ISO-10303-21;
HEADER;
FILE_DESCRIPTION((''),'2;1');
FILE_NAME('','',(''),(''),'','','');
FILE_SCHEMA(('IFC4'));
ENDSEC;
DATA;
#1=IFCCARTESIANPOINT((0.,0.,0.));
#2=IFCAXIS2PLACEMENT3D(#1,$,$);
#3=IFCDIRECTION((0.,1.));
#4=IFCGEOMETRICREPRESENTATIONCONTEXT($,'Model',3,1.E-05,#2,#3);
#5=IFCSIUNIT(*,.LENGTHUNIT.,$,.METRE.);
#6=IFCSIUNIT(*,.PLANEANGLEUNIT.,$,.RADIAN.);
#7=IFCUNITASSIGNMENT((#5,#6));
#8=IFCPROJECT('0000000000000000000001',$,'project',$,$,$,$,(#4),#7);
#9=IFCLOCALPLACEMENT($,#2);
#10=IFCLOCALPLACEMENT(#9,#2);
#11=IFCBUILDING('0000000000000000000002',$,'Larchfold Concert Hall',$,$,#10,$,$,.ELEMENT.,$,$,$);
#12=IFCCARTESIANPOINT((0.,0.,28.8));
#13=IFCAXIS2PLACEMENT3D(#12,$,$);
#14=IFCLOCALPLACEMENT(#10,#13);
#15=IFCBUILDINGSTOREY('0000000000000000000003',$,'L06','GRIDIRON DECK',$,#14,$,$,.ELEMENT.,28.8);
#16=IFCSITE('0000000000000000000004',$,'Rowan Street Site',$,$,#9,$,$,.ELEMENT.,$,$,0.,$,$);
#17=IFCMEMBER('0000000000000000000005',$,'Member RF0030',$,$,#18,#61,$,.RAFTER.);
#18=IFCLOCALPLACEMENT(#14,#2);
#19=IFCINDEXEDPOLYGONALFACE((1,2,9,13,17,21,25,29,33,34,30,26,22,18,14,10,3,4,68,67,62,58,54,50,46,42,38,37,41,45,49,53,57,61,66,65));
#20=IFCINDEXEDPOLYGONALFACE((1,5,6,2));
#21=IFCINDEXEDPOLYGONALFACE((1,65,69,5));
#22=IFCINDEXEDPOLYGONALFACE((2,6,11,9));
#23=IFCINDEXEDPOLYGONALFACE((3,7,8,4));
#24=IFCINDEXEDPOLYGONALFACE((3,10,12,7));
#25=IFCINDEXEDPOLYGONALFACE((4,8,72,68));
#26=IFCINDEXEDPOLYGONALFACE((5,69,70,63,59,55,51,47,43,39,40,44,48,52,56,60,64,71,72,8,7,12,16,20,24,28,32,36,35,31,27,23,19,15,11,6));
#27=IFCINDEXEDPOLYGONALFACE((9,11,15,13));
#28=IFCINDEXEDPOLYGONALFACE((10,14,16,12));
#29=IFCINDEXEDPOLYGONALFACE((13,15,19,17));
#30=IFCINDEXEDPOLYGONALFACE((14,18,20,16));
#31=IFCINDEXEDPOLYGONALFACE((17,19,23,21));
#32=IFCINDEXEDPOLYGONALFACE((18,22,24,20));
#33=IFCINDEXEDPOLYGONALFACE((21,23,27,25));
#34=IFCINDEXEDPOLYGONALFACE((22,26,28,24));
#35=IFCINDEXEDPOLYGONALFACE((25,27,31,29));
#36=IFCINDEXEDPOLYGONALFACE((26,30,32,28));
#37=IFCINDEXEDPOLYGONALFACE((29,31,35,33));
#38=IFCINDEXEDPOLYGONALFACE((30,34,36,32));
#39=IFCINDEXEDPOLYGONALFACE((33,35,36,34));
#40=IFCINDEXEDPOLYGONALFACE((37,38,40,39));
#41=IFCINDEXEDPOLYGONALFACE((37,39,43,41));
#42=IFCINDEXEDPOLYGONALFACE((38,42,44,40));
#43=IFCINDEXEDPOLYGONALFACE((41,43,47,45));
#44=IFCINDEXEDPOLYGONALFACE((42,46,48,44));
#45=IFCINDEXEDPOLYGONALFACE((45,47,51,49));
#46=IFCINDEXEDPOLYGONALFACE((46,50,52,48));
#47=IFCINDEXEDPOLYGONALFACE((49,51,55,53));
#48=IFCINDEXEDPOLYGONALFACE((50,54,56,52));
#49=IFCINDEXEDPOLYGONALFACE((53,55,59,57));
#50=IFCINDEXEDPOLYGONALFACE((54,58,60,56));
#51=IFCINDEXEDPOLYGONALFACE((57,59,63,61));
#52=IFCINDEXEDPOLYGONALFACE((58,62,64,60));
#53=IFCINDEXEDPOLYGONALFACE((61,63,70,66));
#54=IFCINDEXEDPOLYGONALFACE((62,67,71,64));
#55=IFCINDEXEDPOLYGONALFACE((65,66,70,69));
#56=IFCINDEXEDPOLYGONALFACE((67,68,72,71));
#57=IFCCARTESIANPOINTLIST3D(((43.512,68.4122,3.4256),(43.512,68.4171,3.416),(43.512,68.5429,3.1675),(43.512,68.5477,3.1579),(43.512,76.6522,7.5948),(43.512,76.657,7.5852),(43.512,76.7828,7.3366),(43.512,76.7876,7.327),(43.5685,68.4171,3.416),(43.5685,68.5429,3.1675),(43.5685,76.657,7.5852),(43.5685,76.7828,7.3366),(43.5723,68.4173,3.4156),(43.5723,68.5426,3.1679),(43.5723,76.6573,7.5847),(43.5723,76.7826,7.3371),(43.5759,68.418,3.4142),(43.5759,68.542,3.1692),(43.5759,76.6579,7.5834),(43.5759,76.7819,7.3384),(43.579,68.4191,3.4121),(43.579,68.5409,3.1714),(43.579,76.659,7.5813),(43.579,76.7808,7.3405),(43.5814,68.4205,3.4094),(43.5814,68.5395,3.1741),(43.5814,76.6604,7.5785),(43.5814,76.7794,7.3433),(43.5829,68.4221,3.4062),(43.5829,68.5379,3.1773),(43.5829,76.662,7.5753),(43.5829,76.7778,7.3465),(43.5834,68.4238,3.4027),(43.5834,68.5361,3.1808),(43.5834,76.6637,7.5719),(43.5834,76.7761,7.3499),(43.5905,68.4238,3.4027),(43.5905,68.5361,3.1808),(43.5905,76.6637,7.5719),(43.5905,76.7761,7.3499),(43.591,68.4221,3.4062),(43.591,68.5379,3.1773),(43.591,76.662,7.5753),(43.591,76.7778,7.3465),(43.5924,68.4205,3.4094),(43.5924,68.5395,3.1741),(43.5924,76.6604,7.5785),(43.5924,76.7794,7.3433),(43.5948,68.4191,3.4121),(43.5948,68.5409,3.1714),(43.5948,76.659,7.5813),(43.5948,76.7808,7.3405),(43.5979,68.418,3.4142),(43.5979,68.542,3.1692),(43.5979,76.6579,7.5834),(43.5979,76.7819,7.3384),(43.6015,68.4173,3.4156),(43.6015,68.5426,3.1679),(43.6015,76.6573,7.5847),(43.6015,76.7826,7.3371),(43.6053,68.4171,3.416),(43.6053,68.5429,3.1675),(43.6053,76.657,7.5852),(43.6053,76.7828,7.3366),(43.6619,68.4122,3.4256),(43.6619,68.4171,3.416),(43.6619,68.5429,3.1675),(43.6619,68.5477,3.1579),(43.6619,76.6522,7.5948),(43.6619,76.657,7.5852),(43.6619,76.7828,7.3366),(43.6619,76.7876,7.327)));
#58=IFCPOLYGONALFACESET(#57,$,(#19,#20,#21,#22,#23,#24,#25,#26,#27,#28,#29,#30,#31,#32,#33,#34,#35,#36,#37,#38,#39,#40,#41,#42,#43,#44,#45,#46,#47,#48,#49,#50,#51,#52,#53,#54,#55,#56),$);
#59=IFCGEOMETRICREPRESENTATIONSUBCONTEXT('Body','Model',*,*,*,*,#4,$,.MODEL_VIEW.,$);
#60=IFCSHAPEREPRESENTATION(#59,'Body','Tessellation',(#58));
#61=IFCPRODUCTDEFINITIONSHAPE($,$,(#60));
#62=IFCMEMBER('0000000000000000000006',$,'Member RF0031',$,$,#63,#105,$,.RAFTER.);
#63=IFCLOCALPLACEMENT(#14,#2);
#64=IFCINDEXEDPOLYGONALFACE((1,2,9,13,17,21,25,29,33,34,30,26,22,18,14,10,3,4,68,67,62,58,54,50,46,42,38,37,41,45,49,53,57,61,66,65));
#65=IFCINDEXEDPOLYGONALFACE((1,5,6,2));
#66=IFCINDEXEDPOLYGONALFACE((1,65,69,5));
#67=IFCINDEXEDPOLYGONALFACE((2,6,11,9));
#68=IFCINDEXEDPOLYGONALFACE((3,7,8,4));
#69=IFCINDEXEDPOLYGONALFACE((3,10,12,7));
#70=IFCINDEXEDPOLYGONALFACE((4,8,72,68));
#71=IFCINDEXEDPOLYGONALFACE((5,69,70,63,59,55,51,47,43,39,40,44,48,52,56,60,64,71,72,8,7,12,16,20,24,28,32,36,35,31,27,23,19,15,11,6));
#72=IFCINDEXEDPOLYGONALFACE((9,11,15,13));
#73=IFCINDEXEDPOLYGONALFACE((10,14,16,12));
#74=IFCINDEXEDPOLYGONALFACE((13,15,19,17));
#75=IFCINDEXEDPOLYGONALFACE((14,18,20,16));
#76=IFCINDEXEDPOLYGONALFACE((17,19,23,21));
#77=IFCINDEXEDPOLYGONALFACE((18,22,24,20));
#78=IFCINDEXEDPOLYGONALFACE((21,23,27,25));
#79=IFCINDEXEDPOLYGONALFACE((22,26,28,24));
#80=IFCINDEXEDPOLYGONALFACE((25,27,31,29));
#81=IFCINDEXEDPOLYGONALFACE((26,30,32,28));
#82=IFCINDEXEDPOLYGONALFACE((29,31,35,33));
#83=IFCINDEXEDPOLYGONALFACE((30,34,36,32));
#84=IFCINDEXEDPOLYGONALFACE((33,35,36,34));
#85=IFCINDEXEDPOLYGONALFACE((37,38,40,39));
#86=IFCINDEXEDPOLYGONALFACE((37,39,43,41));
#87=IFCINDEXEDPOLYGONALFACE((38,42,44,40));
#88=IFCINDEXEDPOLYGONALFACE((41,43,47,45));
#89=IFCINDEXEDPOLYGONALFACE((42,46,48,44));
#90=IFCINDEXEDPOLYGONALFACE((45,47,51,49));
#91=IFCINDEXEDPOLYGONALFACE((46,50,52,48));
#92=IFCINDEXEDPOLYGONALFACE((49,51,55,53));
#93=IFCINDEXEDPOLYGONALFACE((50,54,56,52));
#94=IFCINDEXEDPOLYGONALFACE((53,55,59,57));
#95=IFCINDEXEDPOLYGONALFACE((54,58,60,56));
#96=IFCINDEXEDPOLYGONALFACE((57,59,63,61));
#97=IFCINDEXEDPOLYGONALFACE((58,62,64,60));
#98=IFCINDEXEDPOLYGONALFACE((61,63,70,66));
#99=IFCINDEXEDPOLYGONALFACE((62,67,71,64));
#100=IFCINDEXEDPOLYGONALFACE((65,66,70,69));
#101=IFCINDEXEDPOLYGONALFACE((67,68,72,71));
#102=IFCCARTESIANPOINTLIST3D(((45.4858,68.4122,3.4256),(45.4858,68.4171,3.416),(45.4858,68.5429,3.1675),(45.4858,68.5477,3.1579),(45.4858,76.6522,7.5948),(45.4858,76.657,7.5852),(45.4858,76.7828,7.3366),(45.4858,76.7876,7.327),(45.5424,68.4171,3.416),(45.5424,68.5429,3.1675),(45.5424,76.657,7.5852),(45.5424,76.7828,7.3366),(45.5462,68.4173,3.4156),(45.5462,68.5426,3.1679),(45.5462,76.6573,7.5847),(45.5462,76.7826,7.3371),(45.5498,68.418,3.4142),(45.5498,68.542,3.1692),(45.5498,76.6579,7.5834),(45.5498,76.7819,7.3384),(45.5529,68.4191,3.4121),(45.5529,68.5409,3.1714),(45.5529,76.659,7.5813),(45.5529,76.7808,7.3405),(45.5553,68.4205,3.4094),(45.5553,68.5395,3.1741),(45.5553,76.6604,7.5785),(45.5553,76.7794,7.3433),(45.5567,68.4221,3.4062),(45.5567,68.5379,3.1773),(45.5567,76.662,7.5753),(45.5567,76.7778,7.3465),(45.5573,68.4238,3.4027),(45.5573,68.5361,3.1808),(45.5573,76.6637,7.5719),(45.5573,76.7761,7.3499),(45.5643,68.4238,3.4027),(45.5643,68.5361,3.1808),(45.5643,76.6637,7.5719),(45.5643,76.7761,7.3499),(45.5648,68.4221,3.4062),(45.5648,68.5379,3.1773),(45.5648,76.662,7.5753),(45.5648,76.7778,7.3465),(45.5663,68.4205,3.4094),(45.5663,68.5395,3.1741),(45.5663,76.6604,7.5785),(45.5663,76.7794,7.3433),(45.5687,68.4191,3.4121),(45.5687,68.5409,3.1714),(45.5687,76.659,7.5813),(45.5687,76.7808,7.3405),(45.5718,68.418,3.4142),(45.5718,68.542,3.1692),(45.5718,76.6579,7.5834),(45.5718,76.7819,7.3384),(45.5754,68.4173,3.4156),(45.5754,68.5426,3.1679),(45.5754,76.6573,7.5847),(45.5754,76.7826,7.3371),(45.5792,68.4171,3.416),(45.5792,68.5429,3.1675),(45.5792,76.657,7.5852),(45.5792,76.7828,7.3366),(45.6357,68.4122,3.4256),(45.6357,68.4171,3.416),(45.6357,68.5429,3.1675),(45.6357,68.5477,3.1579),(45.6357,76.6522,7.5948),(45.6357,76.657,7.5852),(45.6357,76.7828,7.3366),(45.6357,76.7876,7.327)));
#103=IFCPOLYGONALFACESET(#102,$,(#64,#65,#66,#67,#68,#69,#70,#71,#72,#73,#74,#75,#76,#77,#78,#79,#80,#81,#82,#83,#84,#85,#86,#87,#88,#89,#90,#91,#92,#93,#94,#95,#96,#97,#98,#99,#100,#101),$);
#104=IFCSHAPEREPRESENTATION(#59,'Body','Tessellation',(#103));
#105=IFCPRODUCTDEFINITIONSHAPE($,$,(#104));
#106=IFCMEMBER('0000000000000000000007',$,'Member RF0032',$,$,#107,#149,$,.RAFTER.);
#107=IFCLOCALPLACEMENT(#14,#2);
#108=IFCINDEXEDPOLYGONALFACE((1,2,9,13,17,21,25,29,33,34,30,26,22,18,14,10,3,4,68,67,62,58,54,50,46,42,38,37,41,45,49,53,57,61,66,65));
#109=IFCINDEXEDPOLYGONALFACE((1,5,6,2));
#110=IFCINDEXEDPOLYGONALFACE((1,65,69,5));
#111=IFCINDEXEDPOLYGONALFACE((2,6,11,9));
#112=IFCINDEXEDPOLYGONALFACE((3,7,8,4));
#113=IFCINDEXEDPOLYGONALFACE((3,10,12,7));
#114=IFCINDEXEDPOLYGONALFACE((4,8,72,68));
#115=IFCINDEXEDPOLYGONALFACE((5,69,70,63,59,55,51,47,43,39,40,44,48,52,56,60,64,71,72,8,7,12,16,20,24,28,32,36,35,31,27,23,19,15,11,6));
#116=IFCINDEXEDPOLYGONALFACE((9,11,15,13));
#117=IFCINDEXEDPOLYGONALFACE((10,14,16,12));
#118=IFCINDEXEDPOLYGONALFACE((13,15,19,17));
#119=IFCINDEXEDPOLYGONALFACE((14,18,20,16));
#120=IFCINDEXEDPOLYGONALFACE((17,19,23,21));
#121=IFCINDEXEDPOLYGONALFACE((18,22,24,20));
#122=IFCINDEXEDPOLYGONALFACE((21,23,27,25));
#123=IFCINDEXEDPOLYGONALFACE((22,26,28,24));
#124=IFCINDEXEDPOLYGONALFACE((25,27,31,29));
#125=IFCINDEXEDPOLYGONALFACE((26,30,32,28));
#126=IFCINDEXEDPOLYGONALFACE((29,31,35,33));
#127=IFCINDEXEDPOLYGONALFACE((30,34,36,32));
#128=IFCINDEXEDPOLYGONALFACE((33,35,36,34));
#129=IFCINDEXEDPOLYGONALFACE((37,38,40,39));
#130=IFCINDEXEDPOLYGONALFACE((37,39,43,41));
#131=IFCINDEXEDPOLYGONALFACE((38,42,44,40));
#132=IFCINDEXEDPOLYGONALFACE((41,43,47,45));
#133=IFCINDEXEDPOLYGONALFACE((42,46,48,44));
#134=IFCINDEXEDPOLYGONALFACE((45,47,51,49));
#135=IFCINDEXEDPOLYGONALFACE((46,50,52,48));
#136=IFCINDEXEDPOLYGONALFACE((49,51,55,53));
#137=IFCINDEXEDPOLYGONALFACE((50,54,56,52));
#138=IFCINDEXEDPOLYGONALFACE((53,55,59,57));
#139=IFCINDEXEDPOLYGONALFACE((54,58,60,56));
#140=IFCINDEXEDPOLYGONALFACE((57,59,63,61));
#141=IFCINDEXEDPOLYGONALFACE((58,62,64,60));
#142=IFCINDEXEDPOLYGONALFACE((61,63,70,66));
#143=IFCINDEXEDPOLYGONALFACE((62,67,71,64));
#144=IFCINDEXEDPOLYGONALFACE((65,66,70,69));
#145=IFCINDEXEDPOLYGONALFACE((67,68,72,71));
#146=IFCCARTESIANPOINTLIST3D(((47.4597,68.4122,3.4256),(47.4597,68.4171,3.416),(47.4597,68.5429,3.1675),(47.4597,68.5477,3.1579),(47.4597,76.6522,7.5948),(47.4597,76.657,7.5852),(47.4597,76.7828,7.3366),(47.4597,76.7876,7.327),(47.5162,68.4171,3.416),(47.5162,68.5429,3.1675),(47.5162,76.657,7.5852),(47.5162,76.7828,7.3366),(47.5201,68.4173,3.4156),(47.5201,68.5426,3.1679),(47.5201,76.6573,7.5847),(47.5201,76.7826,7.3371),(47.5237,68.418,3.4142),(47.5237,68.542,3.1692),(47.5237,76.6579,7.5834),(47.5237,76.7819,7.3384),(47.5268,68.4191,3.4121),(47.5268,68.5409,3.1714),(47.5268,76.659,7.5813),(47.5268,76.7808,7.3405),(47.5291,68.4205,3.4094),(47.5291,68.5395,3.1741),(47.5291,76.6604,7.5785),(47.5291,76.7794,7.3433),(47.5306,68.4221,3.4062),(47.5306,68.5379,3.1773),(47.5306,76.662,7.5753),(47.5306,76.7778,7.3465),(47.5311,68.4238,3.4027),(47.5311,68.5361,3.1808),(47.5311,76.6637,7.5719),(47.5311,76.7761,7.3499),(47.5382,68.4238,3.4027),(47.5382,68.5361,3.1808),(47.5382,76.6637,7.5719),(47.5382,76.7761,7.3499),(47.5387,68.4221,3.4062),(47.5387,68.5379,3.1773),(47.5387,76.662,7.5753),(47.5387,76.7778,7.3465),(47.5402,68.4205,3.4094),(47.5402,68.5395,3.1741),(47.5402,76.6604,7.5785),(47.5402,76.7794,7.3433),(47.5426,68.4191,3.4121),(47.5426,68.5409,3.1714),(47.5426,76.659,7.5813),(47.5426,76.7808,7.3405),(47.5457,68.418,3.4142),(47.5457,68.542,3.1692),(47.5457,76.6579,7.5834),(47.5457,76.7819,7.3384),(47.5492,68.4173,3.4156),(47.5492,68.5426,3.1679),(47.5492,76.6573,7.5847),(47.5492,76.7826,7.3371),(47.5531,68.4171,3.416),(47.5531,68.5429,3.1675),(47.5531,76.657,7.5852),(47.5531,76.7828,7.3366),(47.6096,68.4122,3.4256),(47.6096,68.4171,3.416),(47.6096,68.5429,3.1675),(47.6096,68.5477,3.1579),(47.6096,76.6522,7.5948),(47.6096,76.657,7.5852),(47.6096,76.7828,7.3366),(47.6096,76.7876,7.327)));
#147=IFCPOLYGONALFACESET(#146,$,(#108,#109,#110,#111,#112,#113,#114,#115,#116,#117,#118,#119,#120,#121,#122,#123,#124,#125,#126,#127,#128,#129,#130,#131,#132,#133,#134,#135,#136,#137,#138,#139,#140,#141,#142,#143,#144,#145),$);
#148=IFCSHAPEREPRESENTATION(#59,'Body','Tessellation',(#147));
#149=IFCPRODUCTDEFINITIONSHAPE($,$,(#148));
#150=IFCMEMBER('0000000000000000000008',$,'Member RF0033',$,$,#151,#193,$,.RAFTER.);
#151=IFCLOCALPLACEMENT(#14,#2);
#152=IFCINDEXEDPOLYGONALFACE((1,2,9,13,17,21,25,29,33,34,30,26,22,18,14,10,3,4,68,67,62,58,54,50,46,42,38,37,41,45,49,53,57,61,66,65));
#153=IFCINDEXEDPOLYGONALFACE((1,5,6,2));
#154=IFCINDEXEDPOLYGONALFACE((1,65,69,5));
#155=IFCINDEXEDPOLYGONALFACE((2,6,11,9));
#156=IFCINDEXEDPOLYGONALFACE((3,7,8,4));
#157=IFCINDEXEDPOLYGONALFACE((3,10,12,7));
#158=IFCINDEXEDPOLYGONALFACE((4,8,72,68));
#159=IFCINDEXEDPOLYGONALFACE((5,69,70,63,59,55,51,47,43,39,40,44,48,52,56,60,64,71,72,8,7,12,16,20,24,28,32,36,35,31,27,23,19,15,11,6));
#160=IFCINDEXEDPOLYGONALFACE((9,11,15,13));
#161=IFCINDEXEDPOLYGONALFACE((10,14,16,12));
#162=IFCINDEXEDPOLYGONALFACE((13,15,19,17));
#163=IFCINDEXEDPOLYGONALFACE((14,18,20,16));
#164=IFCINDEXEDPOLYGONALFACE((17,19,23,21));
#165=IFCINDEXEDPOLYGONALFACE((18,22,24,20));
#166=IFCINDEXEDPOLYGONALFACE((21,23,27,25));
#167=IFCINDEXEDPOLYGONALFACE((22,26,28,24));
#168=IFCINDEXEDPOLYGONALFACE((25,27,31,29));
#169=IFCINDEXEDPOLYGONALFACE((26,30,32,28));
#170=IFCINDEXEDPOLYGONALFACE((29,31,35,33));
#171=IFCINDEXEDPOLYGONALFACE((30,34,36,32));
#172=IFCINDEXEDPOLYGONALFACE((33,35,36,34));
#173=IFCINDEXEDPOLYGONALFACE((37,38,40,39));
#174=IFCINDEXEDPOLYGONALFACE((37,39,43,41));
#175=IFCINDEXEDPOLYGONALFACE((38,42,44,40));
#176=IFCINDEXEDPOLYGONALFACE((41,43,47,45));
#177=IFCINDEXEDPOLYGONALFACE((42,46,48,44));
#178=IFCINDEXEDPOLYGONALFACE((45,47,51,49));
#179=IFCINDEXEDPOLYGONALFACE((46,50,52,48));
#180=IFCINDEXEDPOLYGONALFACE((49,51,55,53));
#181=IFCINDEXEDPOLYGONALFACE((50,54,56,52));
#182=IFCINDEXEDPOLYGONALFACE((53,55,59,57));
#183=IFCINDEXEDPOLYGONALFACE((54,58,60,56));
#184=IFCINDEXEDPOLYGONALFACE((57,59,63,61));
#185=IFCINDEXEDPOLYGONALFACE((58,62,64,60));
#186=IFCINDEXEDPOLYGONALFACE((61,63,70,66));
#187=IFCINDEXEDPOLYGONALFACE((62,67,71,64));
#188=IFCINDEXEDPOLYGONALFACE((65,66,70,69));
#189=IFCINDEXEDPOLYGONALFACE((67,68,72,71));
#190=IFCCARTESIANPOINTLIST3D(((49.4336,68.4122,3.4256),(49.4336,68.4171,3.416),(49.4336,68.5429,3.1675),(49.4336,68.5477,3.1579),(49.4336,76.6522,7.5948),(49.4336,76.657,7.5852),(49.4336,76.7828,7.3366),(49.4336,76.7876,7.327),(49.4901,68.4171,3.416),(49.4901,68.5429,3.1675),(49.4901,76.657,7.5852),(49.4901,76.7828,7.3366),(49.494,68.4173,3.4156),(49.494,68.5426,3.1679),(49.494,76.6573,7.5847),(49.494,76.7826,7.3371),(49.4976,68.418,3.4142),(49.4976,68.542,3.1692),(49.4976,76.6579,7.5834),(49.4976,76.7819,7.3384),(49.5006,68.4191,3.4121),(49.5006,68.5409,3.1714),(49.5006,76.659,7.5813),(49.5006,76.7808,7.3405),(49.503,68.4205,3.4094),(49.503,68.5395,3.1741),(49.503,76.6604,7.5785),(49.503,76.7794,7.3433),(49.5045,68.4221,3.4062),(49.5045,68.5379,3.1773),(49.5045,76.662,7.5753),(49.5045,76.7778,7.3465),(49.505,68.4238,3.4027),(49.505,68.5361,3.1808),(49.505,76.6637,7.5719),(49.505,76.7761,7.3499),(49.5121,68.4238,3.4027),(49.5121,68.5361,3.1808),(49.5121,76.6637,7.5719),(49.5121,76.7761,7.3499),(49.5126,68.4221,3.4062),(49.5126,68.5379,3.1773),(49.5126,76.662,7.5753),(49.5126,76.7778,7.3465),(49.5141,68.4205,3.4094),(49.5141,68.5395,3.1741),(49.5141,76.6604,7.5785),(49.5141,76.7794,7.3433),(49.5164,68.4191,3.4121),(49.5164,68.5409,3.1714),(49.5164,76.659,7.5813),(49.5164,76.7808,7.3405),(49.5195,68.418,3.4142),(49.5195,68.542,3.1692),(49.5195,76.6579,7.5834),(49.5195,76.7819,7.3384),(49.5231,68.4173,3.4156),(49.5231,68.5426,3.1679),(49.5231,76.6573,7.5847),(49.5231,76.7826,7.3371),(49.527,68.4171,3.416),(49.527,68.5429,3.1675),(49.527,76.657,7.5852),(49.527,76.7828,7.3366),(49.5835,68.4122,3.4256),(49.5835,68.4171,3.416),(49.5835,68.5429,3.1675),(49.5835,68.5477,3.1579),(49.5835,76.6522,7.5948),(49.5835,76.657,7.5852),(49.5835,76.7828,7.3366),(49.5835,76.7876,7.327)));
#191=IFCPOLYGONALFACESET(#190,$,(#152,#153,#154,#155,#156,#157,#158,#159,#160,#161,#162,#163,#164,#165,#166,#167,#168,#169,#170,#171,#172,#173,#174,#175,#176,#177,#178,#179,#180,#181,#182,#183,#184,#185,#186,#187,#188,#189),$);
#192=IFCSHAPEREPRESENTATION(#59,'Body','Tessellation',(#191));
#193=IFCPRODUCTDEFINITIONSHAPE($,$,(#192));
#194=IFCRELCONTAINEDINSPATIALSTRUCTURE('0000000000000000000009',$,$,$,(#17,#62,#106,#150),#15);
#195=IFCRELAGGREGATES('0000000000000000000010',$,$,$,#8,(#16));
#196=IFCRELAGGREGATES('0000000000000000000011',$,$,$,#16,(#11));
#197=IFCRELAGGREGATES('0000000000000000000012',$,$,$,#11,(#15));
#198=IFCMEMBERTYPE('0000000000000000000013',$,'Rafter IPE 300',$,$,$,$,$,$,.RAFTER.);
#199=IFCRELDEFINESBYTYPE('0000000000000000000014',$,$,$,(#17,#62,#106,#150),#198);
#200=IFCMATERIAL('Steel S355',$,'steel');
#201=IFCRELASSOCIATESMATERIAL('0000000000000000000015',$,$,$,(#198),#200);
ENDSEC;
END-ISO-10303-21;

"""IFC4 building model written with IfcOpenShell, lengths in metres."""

from ifc_helpers import new_model, si_unit, direction, frame, origin, origin_2d, place, context, subcontext, project, spatial, i_section, extrude, material, material_profile, profile_set, type_object, element, save


model = new_model("IFC4")

# Units and contexts
model_context = context("Model", 3, precision=1e-05, world=origin(), true_north=direction((0.0, 1.0)))
body_context = subcontext(model_context, "Body", "Model", "MODEL_VIEW")
ifc_project = project(units=[si_unit("LENGTHUNIT", "METRE"), si_unit("PLANEANGLEUNIT", "RADIAN")], contexts=[model_context])

# Site, building, storey
site_placement = place(None, origin())
site = spatial("IfcSite", under=ifc_project, at=site_placement, Name="Rowan Street Site", CompositionType="ELEMENT", RefElevation=0.0)
building_placement = place(site_placement, origin())
building = spatial("IfcBuilding", under=site, at=building_placement, Name="Larchfold Concert Hall", CompositionType="ELEMENT")
storey_placement = place(building_placement, frame((0.0, 0.0, 28.8)))
storey = spatial("IfcBuildingStorey", under=building, at=storey_placement, Name="L06", Description="GRIDIRON DECK", CompositionType="ELEMENT", Elevation=28.8)

# Members
ifc_material_1 = material(Name="Steel S355", Category="steel")
ifc_material_profile_1 = material_profile(ifc_material_1, i_section(OverallWidth=0.1499, OverallDepth=0.3, WebThickness=0.0071, FlangeThickness=0.0107, FilletRadius=0.0149, at=origin_2d()))
ifc_profile_set_1 = profile_set([ifc_material_profile_1], Name="Steel S355")
member_type_1 = type_object("IfcMemberType", Name="Rafter IPE 300", PredefinedType="RAFTER", material=ifc_profile_set_1)
for number, where, z_axis, x_axis, name in (
    (1, (43.5869, 68.48, 3.2917), (0.0, 0.892286, 0.45147), (-1.0, 0.0, 0.0), "Member RF0030"),
    (2, (45.5608, 68.48, 3.2917), (0.0, 0.892286, 0.45147), (-1.0, 0.0, 0.0), "Member RF0031"),
    (3, (47.5347, 68.48, 3.2917), (0.0, 0.892286, 0.45147), (-1.0, 0.0, 0.0), "Member RF0032"),
    (4, (49.5085, 68.48, 3.2917), (0.0, 0.892286, 0.45147), (-1.0, 0.0, 0.0), "Member RF0033"),
):
    element("IfcMember", number, at=place(storey_placement, frame(where, z_axis=z_axis, x_axis=x_axis)), inside=storey, type_object=member_type_1, Name=name, PredefinedType="RAFTER", context=body_context, shape_type="SweptSolid", body=[
        extrude(i_section(OverallWidth=0.1499, OverallDepth=0.3, WebThickness=0.0071, FlangeThickness=0.0107, FilletRadius=0.0149, at=origin_2d()), origin(), (0.0, 0.0, 1.0), 9.2346),
    ])

save(model, "model.ifc")
